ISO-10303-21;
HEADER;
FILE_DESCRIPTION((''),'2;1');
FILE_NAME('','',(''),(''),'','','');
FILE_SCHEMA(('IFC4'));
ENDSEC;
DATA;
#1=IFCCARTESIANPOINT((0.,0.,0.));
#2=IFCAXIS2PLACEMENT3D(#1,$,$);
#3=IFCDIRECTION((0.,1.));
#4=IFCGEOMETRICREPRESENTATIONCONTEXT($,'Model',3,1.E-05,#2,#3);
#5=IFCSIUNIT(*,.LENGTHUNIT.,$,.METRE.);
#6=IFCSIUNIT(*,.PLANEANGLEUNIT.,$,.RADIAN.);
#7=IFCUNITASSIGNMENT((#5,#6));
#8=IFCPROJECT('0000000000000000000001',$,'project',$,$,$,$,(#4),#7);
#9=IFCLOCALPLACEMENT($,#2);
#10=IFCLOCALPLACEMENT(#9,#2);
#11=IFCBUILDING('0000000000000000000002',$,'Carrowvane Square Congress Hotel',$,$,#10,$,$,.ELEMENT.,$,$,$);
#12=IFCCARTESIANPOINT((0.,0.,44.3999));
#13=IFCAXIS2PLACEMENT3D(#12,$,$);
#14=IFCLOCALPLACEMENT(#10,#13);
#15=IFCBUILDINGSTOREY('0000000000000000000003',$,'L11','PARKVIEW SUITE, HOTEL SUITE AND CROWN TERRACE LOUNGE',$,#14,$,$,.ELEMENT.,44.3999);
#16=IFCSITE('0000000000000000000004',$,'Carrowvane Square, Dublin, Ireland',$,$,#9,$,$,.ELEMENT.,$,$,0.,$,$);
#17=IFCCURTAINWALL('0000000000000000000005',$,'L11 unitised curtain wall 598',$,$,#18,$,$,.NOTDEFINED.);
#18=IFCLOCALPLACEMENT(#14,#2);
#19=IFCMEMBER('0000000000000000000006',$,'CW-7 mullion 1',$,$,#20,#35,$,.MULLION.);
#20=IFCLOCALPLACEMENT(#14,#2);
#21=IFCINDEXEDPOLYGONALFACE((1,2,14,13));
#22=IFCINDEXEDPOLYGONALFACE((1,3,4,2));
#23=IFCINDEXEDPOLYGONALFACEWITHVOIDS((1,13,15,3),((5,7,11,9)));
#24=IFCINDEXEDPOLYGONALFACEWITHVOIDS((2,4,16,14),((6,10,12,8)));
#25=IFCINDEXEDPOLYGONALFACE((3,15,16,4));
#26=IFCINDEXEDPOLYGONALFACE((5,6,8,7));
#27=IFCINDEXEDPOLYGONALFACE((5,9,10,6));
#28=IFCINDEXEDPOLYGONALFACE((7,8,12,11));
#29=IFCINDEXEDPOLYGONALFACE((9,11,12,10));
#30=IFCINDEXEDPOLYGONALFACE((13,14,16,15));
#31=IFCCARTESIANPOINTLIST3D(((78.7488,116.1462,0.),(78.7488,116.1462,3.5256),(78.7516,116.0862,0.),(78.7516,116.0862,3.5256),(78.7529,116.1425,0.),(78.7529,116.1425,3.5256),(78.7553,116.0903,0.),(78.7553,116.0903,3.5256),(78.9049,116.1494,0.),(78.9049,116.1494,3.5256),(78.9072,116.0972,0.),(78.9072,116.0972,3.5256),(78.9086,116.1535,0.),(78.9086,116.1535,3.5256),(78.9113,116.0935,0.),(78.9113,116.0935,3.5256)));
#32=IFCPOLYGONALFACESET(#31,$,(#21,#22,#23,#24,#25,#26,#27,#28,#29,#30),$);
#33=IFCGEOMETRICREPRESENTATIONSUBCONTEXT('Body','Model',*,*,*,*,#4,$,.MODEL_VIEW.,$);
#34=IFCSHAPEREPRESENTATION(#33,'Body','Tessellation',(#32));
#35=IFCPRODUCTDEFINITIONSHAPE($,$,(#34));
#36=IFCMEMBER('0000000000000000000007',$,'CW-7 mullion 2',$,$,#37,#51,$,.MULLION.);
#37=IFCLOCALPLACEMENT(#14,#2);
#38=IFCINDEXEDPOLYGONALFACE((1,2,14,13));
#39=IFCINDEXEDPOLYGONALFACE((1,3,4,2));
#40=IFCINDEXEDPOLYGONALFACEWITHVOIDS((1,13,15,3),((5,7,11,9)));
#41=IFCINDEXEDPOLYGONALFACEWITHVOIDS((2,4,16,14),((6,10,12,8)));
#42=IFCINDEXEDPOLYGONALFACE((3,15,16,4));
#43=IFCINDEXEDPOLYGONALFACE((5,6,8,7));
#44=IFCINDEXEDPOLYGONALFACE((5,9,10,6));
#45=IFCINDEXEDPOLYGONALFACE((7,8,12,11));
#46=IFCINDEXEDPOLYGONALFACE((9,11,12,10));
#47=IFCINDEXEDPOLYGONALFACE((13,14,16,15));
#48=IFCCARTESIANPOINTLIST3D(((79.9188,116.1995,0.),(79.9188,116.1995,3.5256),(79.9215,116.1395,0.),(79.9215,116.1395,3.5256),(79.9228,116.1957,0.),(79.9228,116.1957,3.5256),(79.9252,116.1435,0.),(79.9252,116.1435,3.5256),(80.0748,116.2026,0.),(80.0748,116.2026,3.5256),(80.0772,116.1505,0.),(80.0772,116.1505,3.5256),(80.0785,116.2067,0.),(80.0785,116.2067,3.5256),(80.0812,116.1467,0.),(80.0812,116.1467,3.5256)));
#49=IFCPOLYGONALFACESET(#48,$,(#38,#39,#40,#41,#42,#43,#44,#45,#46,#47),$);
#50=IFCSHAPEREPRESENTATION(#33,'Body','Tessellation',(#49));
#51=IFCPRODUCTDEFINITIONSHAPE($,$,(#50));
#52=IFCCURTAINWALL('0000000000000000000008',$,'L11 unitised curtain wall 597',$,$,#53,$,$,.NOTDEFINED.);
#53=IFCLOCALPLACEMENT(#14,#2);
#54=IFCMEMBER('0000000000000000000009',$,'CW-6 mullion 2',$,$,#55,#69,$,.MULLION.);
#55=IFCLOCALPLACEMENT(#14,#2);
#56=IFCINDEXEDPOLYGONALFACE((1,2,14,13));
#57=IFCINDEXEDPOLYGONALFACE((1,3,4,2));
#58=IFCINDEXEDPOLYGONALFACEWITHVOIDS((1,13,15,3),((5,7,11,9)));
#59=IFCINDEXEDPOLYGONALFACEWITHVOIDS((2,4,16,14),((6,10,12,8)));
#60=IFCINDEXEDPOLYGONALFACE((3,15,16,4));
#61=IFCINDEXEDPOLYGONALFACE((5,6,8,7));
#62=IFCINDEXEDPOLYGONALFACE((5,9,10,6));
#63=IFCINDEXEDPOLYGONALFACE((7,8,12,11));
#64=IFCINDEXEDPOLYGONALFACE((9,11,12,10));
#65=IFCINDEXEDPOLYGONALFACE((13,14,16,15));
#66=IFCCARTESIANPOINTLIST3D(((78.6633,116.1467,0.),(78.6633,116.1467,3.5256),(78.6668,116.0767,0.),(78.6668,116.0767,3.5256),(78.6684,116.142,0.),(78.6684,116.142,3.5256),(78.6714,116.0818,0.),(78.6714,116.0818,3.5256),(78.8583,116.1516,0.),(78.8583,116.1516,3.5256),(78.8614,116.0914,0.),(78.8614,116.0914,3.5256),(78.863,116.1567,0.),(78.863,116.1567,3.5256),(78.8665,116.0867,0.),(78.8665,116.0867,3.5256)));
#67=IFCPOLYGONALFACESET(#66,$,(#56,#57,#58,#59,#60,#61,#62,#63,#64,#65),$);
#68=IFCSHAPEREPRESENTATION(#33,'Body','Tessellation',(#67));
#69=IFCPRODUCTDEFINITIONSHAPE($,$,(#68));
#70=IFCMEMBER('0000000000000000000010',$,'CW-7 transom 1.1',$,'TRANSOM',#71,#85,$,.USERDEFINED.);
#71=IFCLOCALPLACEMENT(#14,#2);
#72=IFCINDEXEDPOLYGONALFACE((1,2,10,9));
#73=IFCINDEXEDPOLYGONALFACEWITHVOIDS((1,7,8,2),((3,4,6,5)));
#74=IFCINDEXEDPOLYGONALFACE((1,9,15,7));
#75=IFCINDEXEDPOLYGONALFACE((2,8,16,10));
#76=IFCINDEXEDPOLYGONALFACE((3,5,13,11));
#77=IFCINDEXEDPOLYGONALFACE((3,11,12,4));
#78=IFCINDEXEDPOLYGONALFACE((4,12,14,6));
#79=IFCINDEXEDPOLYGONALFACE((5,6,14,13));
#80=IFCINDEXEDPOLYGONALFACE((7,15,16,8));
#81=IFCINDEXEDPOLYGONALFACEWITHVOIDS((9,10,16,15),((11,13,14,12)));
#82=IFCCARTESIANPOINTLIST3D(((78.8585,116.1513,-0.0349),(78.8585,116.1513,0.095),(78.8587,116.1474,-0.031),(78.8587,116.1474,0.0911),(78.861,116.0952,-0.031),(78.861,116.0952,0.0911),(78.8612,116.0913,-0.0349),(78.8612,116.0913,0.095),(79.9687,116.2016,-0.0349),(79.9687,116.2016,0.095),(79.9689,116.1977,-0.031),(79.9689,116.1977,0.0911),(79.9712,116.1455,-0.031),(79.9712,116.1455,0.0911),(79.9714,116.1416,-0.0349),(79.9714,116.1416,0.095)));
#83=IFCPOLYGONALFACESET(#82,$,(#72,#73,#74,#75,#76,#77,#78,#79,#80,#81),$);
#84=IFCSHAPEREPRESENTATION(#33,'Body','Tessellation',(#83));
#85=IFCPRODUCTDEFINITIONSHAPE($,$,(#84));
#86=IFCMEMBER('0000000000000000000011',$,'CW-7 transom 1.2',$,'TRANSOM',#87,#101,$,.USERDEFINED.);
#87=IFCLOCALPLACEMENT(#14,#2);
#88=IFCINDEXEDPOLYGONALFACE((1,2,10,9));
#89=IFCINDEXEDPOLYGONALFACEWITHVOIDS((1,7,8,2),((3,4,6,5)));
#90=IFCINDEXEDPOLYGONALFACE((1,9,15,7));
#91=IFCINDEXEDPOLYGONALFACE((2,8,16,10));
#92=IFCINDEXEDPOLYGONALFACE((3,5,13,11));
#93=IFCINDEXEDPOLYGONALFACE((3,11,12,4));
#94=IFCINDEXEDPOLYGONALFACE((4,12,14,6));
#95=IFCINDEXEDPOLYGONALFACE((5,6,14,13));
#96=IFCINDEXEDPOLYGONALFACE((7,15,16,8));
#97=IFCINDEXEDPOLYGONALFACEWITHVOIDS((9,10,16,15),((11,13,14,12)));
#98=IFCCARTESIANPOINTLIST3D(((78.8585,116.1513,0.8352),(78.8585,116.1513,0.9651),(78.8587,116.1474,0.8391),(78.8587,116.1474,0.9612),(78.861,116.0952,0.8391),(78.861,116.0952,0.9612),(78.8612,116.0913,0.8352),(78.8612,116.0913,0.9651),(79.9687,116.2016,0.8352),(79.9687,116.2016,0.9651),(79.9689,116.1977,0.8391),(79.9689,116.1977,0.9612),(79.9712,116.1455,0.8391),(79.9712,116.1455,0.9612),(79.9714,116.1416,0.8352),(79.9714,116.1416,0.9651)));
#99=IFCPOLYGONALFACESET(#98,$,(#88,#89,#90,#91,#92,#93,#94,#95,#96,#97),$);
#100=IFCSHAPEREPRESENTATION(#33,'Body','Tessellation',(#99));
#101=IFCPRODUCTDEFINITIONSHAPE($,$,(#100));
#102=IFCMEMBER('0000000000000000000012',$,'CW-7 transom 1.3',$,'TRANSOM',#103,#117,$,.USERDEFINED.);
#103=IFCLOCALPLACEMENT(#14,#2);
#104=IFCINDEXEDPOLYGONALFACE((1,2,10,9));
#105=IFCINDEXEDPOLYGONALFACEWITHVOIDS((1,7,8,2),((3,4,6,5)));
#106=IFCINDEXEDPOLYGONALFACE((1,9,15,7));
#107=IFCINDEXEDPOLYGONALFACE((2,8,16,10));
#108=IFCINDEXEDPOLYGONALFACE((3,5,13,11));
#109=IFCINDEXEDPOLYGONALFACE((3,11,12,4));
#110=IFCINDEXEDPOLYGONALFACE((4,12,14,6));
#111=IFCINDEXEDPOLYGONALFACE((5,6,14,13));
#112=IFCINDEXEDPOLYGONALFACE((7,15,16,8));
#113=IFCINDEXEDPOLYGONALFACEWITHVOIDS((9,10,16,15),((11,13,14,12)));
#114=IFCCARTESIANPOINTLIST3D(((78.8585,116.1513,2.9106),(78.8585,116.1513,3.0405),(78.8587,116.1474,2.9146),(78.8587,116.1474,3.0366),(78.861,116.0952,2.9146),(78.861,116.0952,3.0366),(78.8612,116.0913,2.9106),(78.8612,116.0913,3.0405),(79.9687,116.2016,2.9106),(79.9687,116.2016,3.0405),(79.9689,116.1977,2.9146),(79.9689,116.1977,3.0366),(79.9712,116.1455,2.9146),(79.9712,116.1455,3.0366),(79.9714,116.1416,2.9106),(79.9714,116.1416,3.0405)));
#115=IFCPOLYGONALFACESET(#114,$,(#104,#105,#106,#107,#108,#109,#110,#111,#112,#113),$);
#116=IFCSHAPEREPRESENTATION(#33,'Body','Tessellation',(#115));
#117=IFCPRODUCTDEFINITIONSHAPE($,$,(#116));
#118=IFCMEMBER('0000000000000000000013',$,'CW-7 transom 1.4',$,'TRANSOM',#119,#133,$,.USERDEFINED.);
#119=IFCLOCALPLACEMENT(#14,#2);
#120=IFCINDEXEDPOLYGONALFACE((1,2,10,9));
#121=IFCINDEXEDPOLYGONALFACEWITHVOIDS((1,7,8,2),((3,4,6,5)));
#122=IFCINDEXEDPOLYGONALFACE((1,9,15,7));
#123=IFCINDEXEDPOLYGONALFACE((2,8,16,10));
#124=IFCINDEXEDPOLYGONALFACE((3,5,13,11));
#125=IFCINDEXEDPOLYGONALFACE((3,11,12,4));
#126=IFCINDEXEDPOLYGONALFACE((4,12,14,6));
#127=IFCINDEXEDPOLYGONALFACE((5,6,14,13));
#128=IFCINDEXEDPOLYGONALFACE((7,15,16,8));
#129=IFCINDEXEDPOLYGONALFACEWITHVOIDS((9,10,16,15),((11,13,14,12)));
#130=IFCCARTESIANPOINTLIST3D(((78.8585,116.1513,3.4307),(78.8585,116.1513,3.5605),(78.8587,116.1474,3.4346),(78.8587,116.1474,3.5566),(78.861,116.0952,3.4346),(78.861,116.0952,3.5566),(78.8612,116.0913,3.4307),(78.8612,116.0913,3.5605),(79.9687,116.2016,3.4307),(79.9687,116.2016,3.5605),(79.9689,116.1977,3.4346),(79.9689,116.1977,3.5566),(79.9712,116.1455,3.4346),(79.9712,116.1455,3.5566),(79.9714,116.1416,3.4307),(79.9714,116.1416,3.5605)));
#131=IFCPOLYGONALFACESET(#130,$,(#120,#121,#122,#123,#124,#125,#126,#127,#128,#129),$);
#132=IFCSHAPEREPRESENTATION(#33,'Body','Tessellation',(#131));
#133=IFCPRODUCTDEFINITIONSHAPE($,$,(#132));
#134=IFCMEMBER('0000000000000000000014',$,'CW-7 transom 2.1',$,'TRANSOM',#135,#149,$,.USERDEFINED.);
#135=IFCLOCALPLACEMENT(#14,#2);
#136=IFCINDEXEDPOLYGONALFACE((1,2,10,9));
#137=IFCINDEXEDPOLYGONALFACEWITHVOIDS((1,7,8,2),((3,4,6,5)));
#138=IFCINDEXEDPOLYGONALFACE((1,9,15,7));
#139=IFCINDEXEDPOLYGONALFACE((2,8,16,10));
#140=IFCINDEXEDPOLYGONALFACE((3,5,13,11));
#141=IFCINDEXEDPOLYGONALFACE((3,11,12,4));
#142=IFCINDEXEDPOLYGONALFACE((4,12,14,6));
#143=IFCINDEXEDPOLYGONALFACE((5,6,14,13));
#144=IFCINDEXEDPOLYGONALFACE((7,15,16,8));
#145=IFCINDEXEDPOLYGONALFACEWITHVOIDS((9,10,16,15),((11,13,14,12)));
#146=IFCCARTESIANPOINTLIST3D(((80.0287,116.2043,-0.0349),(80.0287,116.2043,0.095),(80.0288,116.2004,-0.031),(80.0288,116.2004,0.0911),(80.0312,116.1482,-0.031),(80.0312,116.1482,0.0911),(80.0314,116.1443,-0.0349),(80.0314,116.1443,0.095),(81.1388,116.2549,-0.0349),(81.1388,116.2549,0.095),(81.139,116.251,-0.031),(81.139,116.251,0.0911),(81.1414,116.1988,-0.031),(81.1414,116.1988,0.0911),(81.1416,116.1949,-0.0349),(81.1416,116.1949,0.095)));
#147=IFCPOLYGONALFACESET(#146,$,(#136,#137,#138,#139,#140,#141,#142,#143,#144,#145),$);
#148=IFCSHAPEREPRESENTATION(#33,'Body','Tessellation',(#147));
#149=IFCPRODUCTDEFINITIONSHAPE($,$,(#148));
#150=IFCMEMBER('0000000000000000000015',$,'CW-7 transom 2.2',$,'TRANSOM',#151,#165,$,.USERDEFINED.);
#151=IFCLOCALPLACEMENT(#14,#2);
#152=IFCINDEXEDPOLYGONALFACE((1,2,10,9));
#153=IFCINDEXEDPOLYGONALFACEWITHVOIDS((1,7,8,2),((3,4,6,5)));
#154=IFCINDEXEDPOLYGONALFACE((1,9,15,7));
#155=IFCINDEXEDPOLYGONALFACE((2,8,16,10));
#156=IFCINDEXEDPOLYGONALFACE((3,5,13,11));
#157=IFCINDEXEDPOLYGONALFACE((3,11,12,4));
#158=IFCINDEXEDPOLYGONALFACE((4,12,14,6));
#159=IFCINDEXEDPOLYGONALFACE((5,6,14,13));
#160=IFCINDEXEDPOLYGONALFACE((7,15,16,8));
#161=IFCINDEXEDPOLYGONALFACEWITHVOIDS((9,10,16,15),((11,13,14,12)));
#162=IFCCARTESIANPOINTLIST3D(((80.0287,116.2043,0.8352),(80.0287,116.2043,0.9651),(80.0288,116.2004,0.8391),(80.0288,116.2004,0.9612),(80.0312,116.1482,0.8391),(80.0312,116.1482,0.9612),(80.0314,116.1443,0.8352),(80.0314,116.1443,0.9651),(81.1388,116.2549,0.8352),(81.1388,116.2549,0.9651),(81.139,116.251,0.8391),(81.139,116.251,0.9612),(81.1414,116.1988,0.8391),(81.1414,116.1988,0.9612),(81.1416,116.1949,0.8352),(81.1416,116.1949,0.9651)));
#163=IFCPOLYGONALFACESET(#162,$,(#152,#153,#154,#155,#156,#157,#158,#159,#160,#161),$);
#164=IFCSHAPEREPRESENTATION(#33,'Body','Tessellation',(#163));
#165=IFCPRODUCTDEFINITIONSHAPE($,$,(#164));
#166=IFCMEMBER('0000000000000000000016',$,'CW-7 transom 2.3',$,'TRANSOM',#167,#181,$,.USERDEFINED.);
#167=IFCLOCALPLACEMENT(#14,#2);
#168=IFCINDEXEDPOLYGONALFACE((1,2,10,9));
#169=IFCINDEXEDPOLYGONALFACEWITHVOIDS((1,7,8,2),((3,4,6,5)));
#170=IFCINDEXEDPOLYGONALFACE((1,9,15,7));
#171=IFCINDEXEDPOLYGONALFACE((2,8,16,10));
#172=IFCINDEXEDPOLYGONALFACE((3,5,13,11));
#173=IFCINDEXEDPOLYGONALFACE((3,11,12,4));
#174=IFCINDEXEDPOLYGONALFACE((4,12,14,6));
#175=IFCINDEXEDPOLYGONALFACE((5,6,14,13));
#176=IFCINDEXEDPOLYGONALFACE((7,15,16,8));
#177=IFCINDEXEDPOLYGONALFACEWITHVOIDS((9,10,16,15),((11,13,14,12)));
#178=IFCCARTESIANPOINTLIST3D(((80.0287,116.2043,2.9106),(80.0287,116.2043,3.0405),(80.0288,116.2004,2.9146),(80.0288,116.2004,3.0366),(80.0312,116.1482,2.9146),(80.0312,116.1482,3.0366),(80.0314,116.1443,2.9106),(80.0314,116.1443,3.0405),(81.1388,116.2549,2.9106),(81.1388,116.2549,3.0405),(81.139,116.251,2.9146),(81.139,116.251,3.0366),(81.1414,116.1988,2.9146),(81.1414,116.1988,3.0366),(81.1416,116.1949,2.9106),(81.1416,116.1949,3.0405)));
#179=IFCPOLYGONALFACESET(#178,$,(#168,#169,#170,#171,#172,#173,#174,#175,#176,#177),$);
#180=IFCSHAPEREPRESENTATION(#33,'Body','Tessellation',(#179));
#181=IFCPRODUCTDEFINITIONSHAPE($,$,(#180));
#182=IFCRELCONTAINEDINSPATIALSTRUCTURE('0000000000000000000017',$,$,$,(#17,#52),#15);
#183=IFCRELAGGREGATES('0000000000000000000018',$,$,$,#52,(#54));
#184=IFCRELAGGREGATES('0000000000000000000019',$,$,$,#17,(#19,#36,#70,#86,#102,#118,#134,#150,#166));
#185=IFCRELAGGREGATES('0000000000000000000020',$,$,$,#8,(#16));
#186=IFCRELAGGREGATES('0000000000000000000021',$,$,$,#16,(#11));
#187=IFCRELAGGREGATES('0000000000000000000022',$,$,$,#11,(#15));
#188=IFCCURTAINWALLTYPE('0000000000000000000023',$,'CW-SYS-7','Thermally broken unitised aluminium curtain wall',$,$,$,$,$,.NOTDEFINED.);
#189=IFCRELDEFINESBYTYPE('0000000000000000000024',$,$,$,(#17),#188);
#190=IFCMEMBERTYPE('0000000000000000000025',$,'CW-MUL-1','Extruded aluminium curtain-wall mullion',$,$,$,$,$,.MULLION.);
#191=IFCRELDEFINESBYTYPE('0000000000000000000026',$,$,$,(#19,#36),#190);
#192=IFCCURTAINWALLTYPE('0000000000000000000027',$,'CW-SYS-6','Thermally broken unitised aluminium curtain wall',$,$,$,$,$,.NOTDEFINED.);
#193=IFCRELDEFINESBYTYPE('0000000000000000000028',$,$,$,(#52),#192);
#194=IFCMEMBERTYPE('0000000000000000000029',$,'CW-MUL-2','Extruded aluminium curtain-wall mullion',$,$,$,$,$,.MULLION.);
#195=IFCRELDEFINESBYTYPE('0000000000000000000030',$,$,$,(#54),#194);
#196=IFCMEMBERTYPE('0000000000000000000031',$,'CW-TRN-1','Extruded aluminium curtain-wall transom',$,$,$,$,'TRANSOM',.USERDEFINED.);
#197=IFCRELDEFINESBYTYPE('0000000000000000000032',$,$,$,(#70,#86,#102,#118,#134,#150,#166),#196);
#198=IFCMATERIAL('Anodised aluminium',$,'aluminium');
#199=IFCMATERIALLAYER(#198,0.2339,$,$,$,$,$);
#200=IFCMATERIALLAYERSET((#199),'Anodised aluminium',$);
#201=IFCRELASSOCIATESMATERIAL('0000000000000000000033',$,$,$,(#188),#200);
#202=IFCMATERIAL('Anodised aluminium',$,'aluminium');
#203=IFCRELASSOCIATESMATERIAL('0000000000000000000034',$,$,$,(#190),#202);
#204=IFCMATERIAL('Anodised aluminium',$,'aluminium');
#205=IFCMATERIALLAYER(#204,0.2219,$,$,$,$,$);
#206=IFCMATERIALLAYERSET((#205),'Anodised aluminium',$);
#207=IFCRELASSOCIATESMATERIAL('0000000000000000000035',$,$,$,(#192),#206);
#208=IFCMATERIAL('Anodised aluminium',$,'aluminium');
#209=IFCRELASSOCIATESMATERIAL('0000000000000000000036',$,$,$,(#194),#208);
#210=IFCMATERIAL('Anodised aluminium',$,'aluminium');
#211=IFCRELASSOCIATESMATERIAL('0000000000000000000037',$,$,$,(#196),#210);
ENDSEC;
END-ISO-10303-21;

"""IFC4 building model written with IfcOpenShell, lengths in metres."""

from ifc_helpers import new_model, si_unit, direction, frame, origin, origin_2d, place, context, subcontext, project, spatial, hollow_rectangle, extrude, material, layer, layer_set, material_profile, profile_set, type_object, element, aggregate, save


model = new_model("IFC4")

# Units and contexts
model_context = context("Model", 3, precision=1e-05, world=origin(), true_north=direction((0.0, 1.0)))
body_context = subcontext(model_context, "Body", "Model", "MODEL_VIEW")
ifc_project = project(units=[si_unit("LENGTHUNIT", "METRE"), si_unit("PLANEANGLEUNIT", "RADIAN")], contexts=[model_context])

# Site, building, storey
site_placement = place(None, origin())
site = spatial("IfcSite", under=ifc_project, at=site_placement, Name="Carrowvane Square, Dublin, Ireland", CompositionType="ELEMENT", RefElevation=0.0)
building_placement = place(site_placement, origin())
building = spatial("IfcBuilding", under=site, at=building_placement, Name="Carrowvane Square Congress Hotel", CompositionType="ELEMENT")
storey_placement = place(building_placement, frame((0.0, 0.0, 44.3999)))
storey = spatial("IfcBuildingStorey", under=building, at=storey_placement, Name="L11", Description="PARKVIEW SUITE, HOTEL SUITE AND CROWN TERRACE LOUNGE", CompositionType="ELEMENT", Elevation=44.3999)

# Curtain wall, members
ifc_material_1 = material(Name="Anodised aluminium", Category="aluminium")
ifc_layer_1 = layer(ifc_material_1, 0.2339)
ifc_layer_set_1 = layer_set([ifc_layer_1], Name="Anodised aluminium")
curtain_wall_type_1 = type_object("IfcCurtainWallType", Name="CW-SYS-7", Description="Thermally broken unitised aluminium curtain wall", PredefinedType="NOTDEFINED", material=ifc_layer_set_1)
curtain_wall_1_placement = place(storey_placement, origin())
curtain_wall_1 = element("IfcCurtainWall", 1, at=curtain_wall_1_placement, inside=storey, type_object=curtain_wall_type_1, Name="L11 unitised curtain wall 598", PredefinedType="NOTDEFINED")
ifc_material_2 = material(Name="Anodised aluminium", Category="aluminium")
ifc_material_profile_1 = material_profile(ifc_material_2, hollow_rectangle(XDim=0.0601, YDim=0.1599, WallThickness=0.0039, at=origin_2d()), Name="CW-ML 60x160x4")
ifc_profile_set_1 = profile_set([ifc_material_profile_1], Name="Anodised aluminium")
member_type_1 = type_object("IfcMemberType", Name="CW-MUL-1", Description="Extruded aluminium curtain-wall mullion", PredefinedType="MULLION", material=ifc_profile_set_1)
member_1_placement = place(storey_placement, frame((78.8301, 116.1199, 0.0), z_axis=(0.0, 0.0, 1.0), x_axis=(-0.045411, 0.998968, 0.0)))
member_1 = element("IfcMember", 2, at=member_1_placement, type_object=member_type_1, Name="CW-7 mullion 1", PredefinedType="MULLION", context=body_context, shape_type="SweptSolid", body=[
    extrude(hollow_rectangle(XDim=0.0601, YDim=0.1599, WallThickness=0.0039, at=origin_2d()), origin(), (0.0, 0.0, 1.0), 3.5256),
])
member_2_placement = place(storey_placement, frame((80.0, 116.1731, 0.0), z_axis=(0.0, 0.0, 1.0), x_axis=(-0.045411, 0.998968, 0.0)))
member_2 = element("IfcMember", 3, at=member_2_placement, type_object=member_type_1, Name="CW-7 mullion 2", PredefinedType="MULLION", context=body_context, shape_type="SweptSolid", body=[
    extrude(hollow_rectangle(XDim=0.0601, YDim=0.1599, WallThickness=0.0039, at=origin_2d()), origin(), (0.0, 0.0, 1.0), 3.5256),
])

# Curtain wall, member
ifc_material_3 = material(Name="Anodised aluminium", Category="aluminium")
ifc_layer_2 = layer(ifc_material_3, 0.2219)
ifc_layer_set_2 = layer_set([ifc_layer_2], Name="Anodised aluminium")
curtain_wall_type_2 = type_object("IfcCurtainWallType", Name="CW-SYS-6", Description="Thermally broken unitised aluminium curtain wall", PredefinedType="NOTDEFINED", material=ifc_layer_set_2)
curtain_wall_2_placement = place(storey_placement, origin())
curtain_wall_2 = element("IfcCurtainWall", 4, at=curtain_wall_2_placement, inside=storey, type_object=curtain_wall_type_2, Name="L11 unitised curtain wall 597", PredefinedType="NOTDEFINED")
ifc_material_4 = material(Name="Anodised aluminium", Category="aluminium")
ifc_material_profile_2 = material_profile(ifc_material_4, hollow_rectangle(XDim=0.0701, YDim=0.2, WallThickness=0.0049, at=origin_2d()), Name="CW-ML 70x200x5")
ifc_profile_set_2 = profile_set([ifc_material_profile_2], Name="Anodised aluminium")
member_type_2 = type_object("IfcMemberType", Name="CW-MUL-2", Description="Extruded aluminium curtain-wall mullion", PredefinedType="MULLION", material=ifc_profile_set_2)
member_3_placement = place(storey_placement, frame((78.7649, 116.1167, 0.0), z_axis=(0.0, 0.0, 1.0), x_axis=(-0.050324, 0.998733, 0.0)))
member_3 = element("IfcMember", 5, at=member_3_placement, type_object=member_type_2, Name="CW-6 mullion 2", PredefinedType="MULLION", context=body_context, shape_type="SweptSolid", body=[
    extrude(hollow_rectangle(XDim=0.0701, YDim=0.2, WallThickness=0.0049, at=origin_2d()), origin(), (0.0, 0.0, 1.0), 3.5256),
])

# Members
ifc_material_5 = material(Name="Anodised aluminium", Category="aluminium")
ifc_material_profile_3 = material_profile(ifc_material_5, hollow_rectangle(XDim=0.0601, YDim=0.1299, WallThickness=0.0039, at=origin_2d()), Name="CW-TR 60x130x4")
ifc_profile_set_3 = profile_set([ifc_material_profile_3], Name="Anodised aluminium")
member_type_3 = type_object("IfcMemberType", Name="CW-TRN-1", Description="Extruded aluminium curtain-wall transom", ElementType="TRANSOM", PredefinedType="USERDEFINED", material=ifc_profile_set_3)
member_4_placement = place(storey_placement, frame((78.8599, 116.1213, 0.03), z_axis=(0.998975, 0.045258, 0.0), x_axis=(-0.045258, 0.998975, 0.0)))
member_4 = element("IfcMember", 6, at=member_4_placement, type_object=member_type_3, Name="CW-7 transom 1.1", ObjectType="TRANSOM", PredefinedType="USERDEFINED", context=body_context, shape_type="SweptSolid", body=[
    extrude(hollow_rectangle(XDim=0.0601, YDim=0.1299, WallThickness=0.0039, at=origin_2d()), origin(), (0.0, 0.0, 1.0), 1.1113),
])
member_5_placement = place(storey_placement, frame((78.8599, 116.1213, 0.9001), z_axis=(0.998975, 0.045258, 0.0), x_axis=(-0.045258, 0.998975, 0.0)))
member_5 = element("IfcMember", 7, at=member_5_placement, type_object=member_type_3, Name="CW-7 transom 1.2", ObjectType="TRANSOM", PredefinedType="USERDEFINED", context=body_context, shape_type="SweptSolid", body=[
    extrude(hollow_rectangle(XDim=0.0601, YDim=0.1299, WallThickness=0.0039, at=origin_2d()), origin(), (0.0, 0.0, 1.0), 1.1113),
])
member_6_placement = place(storey_placement, frame((78.8599, 116.1213, 2.9756), z_axis=(0.998975, 0.045258, 0.0), x_axis=(-0.045258, 0.998975, 0.0)))
member_6 = element("IfcMember", 8, at=member_6_placement, type_object=member_type_3, Name="CW-7 transom 1.3", ObjectType="TRANSOM", PredefinedType="USERDEFINED", context=body_context, shape_type="SweptSolid", body=[
    extrude(hollow_rectangle(XDim=0.0601, YDim=0.1299, WallThickness=0.0039, at=origin_2d()), origin(), (0.0, 0.0, 1.0), 1.1113),
])
member_7_placement = place(storey_placement, frame((78.8599, 116.1213, 3.4956), z_axis=(0.998975, 0.045258, 0.0), x_axis=(-0.045258, 0.998975, 0.0)))
member_7 = element("IfcMember", 9, at=member_7_placement, type_object=member_type_3, Name="CW-7 transom 1.4", ObjectType="TRANSOM", PredefinedType="USERDEFINED", context=body_context, shape_type="SweptSolid", body=[
    extrude(hollow_rectangle(XDim=0.0601, YDim=0.1299, WallThickness=0.0039, at=origin_2d()), origin(), (0.0, 0.0, 1.0), 1.1113),
])
member_8_placement = place(storey_placement, frame((80.03, 116.1743, 0.03), z_axis=(0.998965, 0.045477, 0.0), x_axis=(-0.045477, 0.998965, 0.0)))
member_8 = element("IfcMember", 10, at=member_8_placement, type_object=member_type_3, Name="CW-7 transom 2.1", ObjectType="TRANSOM", PredefinedType="USERDEFINED", context=body_context, shape_type="SweptSolid", body=[
    extrude(hollow_rectangle(XDim=0.0601, YDim=0.1299, WallThickness=0.0039, at=origin_2d()), origin(), (0.0, 0.0, 1.0), 1.1113),
])
member_9_placement = place(storey_placement, frame((80.03, 116.1743, 0.9001), z_axis=(0.998965, 0.045477, 0.0), x_axis=(-0.045477, 0.998965, 0.0)))
member_9 = element("IfcMember", 11, at=member_9_placement, type_object=member_type_3, Name="CW-7 transom 2.2", ObjectType="TRANSOM", PredefinedType="USERDEFINED", context=body_context, shape_type="SweptSolid", body=[
    extrude(hollow_rectangle(XDim=0.0601, YDim=0.1299, WallThickness=0.0039, at=origin_2d()), origin(), (0.0, 0.0, 1.0), 1.1113),
])
member_10_placement = place(storey_placement, frame((80.03, 116.1743, 2.9756), z_axis=(0.998965, 0.045477, 0.0), x_axis=(-0.045477, 0.998965, 0.0)))
member_10 = element("IfcMember", 12, at=member_10_placement, type_object=member_type_3, Name="CW-7 transom 2.3", ObjectType="TRANSOM", PredefinedType="USERDEFINED", context=body_context, shape_type="SweptSolid", body=[
    extrude(hollow_rectangle(XDim=0.0601, YDim=0.1299, WallThickness=0.0039, at=origin_2d()), origin(), (0.0, 0.0, 1.0), 1.1113),
])

aggregate(curtain_wall_2, [member_3])
aggregate(curtain_wall_1, [member_1, member_2, member_4, member_5, member_6, member_7, member_8, member_9, member_10])

save(model, "model.ifc")
